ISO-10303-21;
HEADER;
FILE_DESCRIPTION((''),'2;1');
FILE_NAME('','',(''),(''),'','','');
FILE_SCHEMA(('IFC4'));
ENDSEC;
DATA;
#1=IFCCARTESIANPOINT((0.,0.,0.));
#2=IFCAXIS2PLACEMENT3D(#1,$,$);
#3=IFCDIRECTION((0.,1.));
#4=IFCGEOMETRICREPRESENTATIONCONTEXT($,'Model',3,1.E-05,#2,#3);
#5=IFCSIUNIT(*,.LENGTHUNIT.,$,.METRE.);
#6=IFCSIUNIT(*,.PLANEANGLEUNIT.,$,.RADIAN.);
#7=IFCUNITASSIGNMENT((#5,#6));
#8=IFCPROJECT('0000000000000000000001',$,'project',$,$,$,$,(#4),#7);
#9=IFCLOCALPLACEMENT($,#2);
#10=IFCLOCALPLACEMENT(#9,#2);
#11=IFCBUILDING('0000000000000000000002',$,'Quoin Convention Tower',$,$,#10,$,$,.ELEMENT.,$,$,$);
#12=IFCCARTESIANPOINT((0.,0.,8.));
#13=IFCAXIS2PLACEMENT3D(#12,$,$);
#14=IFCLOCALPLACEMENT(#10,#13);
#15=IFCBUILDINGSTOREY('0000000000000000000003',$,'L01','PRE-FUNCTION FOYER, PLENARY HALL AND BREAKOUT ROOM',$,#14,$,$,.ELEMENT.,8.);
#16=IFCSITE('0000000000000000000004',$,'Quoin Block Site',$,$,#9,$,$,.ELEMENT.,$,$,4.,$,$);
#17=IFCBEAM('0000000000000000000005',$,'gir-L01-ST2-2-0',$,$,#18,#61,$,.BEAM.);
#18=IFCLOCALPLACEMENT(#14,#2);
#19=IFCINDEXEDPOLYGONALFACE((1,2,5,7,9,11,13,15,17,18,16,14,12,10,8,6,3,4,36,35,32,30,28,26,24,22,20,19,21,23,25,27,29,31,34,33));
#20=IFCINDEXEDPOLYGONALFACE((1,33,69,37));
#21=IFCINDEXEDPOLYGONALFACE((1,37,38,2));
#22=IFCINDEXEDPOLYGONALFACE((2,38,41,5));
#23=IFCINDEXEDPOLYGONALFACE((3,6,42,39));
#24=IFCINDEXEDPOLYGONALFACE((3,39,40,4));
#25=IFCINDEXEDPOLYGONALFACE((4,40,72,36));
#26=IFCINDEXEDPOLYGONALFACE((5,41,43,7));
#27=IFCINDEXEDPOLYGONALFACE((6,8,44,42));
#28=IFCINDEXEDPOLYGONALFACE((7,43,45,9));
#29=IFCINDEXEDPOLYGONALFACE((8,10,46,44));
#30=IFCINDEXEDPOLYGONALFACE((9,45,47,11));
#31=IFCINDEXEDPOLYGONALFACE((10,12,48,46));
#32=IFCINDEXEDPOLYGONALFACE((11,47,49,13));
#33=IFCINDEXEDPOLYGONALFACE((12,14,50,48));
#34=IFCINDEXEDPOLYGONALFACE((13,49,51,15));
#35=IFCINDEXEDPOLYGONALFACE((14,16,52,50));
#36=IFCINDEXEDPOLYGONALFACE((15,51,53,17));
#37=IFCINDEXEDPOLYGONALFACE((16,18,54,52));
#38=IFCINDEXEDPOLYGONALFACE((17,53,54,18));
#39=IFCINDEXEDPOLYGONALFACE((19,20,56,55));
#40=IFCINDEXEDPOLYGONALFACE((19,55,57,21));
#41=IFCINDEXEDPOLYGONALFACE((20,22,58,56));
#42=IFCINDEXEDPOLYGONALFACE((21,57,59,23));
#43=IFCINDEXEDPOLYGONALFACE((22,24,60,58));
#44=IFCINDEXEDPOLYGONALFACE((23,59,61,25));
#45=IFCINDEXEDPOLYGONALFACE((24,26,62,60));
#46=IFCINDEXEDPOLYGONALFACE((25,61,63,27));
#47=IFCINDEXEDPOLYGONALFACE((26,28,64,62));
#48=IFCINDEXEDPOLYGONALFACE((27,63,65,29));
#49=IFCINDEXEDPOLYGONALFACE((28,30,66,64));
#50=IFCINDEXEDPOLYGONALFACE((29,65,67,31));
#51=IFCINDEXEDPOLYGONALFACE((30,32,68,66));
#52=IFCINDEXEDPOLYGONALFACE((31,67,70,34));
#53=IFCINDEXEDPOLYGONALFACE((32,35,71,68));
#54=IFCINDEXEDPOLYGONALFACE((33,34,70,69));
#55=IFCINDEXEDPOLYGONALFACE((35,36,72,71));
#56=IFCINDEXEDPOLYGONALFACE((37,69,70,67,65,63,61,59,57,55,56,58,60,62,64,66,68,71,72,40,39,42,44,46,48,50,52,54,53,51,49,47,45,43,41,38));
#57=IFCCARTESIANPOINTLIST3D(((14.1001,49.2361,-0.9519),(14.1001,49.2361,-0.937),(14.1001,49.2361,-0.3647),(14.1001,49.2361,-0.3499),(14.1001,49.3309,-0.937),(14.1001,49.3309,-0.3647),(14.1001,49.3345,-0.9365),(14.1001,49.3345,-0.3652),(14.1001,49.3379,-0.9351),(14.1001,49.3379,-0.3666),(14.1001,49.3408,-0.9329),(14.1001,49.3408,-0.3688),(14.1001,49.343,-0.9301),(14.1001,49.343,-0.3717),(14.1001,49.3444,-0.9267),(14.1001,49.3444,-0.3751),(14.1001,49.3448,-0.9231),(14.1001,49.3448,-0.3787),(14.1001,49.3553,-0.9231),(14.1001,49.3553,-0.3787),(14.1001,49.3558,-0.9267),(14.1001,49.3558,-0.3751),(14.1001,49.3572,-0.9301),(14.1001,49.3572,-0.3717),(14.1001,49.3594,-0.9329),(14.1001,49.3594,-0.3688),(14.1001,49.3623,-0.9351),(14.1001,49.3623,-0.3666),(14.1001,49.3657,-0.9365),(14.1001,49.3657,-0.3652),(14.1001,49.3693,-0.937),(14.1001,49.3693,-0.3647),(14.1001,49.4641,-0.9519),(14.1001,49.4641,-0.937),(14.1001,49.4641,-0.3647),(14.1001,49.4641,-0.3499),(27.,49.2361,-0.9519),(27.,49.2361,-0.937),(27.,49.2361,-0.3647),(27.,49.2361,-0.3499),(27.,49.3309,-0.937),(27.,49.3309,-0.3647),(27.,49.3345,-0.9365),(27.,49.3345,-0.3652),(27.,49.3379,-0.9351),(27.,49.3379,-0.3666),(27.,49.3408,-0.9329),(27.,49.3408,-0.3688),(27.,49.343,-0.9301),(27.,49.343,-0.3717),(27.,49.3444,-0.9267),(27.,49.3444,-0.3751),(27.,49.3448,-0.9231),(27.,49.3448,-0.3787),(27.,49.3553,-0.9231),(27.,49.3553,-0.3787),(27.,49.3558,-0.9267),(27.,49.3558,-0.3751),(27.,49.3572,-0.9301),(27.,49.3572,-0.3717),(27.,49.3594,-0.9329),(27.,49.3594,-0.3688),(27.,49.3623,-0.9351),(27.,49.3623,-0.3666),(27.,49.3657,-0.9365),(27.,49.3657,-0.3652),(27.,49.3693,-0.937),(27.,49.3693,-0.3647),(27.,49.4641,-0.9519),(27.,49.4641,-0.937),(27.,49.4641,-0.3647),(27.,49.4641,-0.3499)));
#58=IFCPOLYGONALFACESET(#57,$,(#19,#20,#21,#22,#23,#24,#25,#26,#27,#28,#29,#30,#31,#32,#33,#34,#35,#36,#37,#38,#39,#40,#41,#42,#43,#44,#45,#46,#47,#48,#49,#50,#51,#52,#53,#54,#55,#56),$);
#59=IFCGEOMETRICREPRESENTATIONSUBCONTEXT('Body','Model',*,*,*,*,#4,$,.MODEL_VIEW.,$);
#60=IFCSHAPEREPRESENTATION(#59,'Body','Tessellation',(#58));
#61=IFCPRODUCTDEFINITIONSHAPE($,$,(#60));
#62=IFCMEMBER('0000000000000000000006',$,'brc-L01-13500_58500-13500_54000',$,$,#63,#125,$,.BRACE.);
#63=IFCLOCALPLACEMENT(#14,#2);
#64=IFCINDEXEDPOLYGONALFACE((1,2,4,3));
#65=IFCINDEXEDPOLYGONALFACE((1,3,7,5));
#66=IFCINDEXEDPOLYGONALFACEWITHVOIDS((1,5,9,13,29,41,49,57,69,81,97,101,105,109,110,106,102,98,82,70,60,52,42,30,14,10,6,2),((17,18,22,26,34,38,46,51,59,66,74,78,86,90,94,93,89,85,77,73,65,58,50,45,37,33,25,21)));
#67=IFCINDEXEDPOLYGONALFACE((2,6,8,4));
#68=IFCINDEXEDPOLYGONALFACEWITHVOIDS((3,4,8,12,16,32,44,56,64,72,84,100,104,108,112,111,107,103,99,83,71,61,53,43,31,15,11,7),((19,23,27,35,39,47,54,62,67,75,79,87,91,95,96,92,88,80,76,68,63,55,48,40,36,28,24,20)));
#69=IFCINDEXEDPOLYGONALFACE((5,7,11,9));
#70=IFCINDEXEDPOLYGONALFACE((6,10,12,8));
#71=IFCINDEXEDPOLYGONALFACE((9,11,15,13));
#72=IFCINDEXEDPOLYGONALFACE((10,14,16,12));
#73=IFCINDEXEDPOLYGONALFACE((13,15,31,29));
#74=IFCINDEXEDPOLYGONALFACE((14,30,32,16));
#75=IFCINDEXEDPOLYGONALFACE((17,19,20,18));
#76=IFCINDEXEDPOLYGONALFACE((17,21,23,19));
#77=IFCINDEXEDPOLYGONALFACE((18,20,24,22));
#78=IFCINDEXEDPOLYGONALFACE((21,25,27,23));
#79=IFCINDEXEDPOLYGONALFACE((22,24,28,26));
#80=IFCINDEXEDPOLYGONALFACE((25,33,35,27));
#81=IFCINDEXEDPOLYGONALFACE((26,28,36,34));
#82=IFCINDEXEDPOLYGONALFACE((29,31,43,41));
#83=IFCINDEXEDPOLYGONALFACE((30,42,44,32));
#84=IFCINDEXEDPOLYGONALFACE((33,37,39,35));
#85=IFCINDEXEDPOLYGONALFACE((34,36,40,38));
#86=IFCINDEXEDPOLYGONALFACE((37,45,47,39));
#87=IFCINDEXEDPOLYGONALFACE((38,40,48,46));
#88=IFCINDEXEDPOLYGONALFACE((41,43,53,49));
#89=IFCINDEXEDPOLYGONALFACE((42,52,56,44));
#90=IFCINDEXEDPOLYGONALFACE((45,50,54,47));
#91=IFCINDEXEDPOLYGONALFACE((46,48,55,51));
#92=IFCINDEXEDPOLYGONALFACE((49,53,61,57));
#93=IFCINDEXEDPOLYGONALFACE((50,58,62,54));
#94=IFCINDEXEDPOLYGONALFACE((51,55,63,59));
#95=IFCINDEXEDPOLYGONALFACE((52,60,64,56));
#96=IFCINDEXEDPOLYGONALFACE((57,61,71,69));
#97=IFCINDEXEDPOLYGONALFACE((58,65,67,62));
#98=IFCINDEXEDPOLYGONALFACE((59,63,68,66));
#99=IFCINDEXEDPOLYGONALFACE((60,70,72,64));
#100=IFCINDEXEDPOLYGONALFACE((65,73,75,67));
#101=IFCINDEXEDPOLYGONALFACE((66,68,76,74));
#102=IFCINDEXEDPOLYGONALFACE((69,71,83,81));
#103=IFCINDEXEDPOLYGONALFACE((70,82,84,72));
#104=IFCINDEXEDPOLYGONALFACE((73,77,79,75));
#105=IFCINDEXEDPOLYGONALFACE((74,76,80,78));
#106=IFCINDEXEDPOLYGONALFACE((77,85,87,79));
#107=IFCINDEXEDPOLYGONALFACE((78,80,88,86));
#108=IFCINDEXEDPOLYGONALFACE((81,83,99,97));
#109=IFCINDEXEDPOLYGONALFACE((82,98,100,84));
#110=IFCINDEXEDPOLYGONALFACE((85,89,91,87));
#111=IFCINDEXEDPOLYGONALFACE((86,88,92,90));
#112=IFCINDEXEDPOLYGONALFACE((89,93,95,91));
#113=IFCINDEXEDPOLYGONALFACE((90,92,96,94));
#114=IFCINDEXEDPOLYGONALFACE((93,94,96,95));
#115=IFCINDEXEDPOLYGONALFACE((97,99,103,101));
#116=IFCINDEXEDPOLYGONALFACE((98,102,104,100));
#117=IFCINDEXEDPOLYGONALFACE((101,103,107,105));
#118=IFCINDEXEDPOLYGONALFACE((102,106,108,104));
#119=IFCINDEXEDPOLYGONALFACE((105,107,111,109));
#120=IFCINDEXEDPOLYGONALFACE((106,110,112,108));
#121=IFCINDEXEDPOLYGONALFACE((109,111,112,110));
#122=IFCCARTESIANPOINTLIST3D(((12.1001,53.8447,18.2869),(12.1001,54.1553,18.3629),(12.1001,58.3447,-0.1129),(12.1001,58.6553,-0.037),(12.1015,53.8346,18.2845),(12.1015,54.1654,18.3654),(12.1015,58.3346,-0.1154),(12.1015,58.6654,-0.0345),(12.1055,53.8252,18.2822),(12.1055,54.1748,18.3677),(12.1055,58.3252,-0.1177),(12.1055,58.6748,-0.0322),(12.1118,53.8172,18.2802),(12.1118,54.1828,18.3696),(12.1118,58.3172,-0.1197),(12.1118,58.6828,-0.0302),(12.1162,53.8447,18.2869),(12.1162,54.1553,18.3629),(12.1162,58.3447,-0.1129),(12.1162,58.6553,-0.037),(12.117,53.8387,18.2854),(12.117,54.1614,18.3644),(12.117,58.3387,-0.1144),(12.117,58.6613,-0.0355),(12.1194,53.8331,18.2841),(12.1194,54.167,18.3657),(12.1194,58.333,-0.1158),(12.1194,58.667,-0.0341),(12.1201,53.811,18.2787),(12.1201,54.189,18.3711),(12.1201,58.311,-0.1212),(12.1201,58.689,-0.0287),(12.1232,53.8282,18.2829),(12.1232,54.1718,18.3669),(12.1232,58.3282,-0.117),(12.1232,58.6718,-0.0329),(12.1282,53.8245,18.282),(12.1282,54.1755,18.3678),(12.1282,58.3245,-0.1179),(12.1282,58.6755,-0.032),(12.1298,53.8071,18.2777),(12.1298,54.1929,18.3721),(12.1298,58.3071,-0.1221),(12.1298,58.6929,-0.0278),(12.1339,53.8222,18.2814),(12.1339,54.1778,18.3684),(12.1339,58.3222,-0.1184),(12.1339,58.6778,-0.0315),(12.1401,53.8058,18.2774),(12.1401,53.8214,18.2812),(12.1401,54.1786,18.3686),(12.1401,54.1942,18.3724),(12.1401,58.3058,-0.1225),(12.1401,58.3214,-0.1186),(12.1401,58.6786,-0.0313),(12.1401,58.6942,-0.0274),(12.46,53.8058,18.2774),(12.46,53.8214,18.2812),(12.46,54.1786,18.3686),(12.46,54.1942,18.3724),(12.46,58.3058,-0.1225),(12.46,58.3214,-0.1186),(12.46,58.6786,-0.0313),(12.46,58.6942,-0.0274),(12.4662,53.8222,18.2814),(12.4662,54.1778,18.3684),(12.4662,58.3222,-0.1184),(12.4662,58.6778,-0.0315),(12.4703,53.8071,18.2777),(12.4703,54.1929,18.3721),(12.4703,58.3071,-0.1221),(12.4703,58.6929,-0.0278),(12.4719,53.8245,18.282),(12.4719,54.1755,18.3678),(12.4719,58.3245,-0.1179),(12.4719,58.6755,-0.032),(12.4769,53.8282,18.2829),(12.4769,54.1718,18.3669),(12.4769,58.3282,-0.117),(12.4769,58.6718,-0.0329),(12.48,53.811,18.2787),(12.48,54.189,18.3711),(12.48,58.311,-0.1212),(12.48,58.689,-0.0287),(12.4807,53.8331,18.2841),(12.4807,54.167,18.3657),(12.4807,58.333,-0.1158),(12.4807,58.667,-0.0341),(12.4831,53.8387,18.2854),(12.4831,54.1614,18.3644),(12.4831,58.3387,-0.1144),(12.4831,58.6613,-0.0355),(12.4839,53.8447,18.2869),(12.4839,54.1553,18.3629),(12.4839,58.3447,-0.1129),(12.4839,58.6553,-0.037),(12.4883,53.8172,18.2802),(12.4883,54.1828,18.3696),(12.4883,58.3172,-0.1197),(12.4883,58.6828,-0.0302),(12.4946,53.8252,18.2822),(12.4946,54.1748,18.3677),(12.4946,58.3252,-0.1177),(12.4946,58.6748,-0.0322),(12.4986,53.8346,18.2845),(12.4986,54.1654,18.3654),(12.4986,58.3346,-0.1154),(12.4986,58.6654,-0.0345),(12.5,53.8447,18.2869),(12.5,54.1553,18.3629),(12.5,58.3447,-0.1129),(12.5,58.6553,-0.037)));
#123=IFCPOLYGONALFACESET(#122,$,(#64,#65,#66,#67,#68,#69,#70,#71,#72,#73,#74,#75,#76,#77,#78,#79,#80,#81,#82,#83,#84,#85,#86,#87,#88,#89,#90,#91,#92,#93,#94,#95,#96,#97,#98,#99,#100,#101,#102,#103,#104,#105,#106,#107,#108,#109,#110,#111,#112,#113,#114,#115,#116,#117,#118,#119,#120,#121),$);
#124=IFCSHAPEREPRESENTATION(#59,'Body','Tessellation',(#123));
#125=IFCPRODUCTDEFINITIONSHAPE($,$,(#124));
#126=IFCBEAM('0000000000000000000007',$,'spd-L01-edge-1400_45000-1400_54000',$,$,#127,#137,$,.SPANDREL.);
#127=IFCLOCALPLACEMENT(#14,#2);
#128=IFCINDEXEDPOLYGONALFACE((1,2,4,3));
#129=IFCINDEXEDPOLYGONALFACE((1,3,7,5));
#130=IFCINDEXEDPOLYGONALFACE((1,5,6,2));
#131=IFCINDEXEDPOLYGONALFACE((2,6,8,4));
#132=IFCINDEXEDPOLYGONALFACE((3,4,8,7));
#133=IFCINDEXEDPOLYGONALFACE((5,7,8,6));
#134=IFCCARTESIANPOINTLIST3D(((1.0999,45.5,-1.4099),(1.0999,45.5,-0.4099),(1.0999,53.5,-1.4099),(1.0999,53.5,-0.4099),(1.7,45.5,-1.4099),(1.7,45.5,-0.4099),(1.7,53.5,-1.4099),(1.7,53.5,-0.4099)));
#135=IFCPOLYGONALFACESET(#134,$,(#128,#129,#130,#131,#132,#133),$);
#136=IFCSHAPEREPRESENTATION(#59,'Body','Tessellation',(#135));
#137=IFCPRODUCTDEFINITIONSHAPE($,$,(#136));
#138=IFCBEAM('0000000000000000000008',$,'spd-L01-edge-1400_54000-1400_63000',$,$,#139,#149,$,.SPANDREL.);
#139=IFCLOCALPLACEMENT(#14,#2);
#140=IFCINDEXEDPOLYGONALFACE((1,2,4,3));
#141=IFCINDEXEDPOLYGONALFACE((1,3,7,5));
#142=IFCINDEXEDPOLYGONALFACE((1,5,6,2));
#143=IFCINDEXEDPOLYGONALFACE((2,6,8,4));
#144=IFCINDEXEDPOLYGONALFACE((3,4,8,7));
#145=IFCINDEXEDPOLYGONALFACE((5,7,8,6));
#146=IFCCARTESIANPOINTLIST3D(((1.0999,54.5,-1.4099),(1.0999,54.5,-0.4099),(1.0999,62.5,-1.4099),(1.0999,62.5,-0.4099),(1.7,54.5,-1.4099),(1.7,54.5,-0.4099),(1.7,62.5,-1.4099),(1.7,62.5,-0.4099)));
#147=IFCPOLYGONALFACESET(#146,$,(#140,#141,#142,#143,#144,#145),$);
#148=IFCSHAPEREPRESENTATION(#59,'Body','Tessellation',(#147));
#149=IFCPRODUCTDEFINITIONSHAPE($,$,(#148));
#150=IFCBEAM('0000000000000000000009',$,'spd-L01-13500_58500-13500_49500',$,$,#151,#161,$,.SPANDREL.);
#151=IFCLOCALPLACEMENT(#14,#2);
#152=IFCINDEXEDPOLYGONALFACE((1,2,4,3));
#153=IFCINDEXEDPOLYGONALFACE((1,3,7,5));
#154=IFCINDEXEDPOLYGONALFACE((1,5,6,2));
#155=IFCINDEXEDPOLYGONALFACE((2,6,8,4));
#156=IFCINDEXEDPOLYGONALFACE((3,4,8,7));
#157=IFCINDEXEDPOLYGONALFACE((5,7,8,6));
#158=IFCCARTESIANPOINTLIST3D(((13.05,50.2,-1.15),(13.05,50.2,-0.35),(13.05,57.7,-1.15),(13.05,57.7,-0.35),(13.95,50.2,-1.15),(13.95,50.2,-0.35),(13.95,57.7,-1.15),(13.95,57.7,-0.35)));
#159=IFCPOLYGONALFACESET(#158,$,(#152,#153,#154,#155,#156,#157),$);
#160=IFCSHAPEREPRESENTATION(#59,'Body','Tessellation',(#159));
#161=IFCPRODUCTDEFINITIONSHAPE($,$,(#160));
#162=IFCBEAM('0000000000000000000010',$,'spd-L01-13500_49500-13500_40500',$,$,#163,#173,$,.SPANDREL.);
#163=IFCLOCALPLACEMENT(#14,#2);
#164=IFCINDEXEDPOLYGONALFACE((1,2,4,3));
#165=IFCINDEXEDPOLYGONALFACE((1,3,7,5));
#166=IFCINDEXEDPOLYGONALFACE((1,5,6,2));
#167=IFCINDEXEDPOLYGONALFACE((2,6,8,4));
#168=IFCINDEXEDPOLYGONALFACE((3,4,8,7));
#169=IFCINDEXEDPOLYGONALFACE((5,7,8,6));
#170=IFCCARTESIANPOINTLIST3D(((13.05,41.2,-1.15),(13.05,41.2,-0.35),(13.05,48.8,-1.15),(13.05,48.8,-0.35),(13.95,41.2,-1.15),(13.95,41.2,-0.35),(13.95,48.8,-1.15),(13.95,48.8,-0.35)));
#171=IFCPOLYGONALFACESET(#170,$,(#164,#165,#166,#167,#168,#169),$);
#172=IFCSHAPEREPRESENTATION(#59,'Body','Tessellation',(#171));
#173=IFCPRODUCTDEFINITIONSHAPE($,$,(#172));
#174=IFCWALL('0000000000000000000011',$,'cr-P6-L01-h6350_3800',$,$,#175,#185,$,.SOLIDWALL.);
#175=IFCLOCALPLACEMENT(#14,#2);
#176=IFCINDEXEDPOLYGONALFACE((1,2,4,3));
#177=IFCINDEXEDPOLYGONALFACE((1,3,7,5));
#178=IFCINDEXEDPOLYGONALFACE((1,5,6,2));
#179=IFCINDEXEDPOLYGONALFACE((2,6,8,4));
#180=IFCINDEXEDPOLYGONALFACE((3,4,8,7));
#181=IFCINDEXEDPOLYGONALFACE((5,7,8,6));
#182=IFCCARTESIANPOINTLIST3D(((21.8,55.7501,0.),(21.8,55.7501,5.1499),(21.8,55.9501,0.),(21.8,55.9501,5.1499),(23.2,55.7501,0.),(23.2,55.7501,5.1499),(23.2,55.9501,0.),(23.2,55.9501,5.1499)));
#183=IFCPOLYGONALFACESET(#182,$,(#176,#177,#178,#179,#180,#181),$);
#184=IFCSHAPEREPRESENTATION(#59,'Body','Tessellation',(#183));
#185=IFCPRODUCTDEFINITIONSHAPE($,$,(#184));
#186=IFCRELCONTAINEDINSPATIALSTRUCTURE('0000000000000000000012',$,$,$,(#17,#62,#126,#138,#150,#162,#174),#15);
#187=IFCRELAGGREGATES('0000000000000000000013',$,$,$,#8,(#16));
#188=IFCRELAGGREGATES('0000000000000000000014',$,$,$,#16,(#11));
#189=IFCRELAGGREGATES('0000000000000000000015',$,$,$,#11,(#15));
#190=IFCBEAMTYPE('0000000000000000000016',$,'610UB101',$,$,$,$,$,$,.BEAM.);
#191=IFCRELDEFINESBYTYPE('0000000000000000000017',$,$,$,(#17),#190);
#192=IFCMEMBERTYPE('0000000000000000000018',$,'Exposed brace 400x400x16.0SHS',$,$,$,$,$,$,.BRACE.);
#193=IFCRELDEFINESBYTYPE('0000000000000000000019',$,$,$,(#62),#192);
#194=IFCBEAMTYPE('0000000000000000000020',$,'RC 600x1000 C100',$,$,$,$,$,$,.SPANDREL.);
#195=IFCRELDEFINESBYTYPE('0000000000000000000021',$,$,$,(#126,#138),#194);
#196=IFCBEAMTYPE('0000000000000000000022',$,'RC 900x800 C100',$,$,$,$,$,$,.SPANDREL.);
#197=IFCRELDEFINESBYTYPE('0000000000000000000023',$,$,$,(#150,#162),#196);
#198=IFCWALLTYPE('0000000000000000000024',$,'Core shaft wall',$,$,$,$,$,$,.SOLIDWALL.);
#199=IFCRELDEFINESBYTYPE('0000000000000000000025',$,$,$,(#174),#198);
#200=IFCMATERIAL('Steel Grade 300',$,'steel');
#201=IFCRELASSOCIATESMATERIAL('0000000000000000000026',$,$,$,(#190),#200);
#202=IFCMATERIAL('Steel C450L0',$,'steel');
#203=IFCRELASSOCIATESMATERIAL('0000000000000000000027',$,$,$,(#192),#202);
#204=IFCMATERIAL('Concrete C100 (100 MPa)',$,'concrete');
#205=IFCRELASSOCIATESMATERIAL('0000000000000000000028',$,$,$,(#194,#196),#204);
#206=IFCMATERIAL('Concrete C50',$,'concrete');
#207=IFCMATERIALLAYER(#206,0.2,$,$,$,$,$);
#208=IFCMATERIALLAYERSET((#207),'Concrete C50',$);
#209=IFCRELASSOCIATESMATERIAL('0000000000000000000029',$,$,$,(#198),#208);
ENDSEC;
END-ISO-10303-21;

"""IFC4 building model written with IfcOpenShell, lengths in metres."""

from ifc_helpers import new_model, si_unit, direction, frame, frame_2d, origin, origin_2d, place, context, subcontext, project, spatial, rectangle, hollow_rectangle, i_section, extrude, material, layer, layer_set, material_profile, profile_set, type_object, element, save


model = new_model("IFC4")

# Units and contexts
model_context = context("Model", 3, precision=1e-05, world=origin(), true_north=direction((0.0, 1.0)))
body_context = subcontext(model_context, "Body", "Model", "MODEL_VIEW")
ifc_project = project(units=[si_unit("LENGTHUNIT", "METRE"), si_unit("PLANEANGLEUNIT", "RADIAN")], contexts=[model_context])

# Site, building, storey
site_placement = place(None, origin())
site = spatial("IfcSite", under=ifc_project, at=site_placement, Name="Quoin Block Site", CompositionType="ELEMENT", RefElevation=4.0)
building_placement = place(site_placement, origin())
building = spatial("IfcBuilding", under=site, at=building_placement, Name="Quoin Convention Tower", CompositionType="ELEMENT")
storey_placement = place(building_placement, frame((0.0, 0.0, 8.0)))
storey = spatial("IfcBuildingStorey", under=building, at=storey_placement, Name="L01", Description="PRE-FUNCTION FOYER, PLENARY HALL AND BREAKOUT ROOM", CompositionType="ELEMENT", Elevation=8.0)

# Shared definitions
ifc_material_1 = material(Name="Concrete C100 (100 MPa)", Category="concrete")

# Beam
ifc_material_2 = material(Name="Steel Grade 300", Category="steel")
ifc_material_3 = material(Name="Steel C450L0", Category="steel")
ifc_material_profile_1 = material_profile(ifc_material_2, i_section(OverallWidth=0.228, OverallDepth=0.6021, WebThickness=0.0105, FlangeThickness=0.0149, FilletRadius=0.0139, at=origin_2d()), Name="610UB101")
ifc_profile_set_1 = profile_set([ifc_material_profile_1], Name="Steel Grade 300")
beam_type_1 = type_object("IfcBeamType", Name="610UB101", PredefinedType="BEAM", material=ifc_profile_set_1)
beam_1_placement = place(storey_placement, frame((14.1001, 49.3501, -0.6509), z_axis=(1.0, 0.0, 0.0), x_axis=(0.0, 1.0, 0.0)))
element("IfcBeam", 1, at=beam_1_placement, inside=storey, type_object=beam_type_1, Name="gir-L01-ST2-2-0", PredefinedType="BEAM", context=body_context, shape_type="SweptSolid", body=[
    extrude(i_section(OverallWidth=0.228, OverallDepth=0.6021, WebThickness=0.0105, FlangeThickness=0.0149, FilletRadius=0.0139, at=origin_2d()), origin(), (0.0, 0.0, 1.0), 12.8999),
])

# Member
ifc_material_profile_2 = material_profile(ifc_material_3, hollow_rectangle(XDim=0.3999, YDim=0.3999, WallThickness=0.0161, InnerFilletRadius=0.0239, OuterFilletRadius=0.04, at=origin_2d()), Name="400x400x16.0SHS")
ifc_profile_set_2 = profile_set([ifc_material_profile_2], Name="Steel C450L0")
member_type = type_object("IfcMemberType", Name="Exposed brace 400x400x16.0SHS", PredefinedType="BRACE", material=ifc_profile_set_2)
member_placement = place(storey_placement, frame((12.3, 58.5, -0.075), z_axis=(0.0, -0.237565, 0.971372), x_axis=(1.0, 0.0, 0.0)))
element("IfcMember", 2, at=member_placement, inside=storey, type_object=member_type, Name="brc-L01-13500_58500-13500_54000", PredefinedType="BRACE", context=body_context, shape_type="SweptSolid", body=[
    extrude(hollow_rectangle(XDim=0.3999, YDim=0.3999, WallThickness=0.0161, InnerFilletRadius=0.0239, OuterFilletRadius=0.04, at=origin_2d()), origin(), (0.0, 0.0, 1.0), 18.9421),
])

# Beams
ifc_material_profile_3 = material_profile(ifc_material_1, rectangle(XDim=0.6001, YDim=1.0, at=origin_2d()), Name="RC 600x1000")
ifc_profile_set_3 = profile_set([ifc_material_profile_3], Name="Concrete C100 (100 MPa)")
beam_type_2 = type_object("IfcBeamType", Name="RC 600x1000 C100", PredefinedType="SPANDREL", material=ifc_profile_set_3)
for number, where, z_axis, x_axis, name in (
    (3, (1.3999, 45.5, -0.9099), (0.0, 1.0, 0.0), (-1.0, 0.0, 0.0), "spd-L01-edge-1400_45000-1400_54000"),
    (4, (1.3999, 54.5, -0.9099), (0.0, 1.0, 0.0), (-1.0, 0.0, 0.0), "spd-L01-edge-1400_54000-1400_63000"),
):
    element("IfcBeam", number, at=place(storey_placement, frame(where, z_axis=z_axis, x_axis=x_axis)), inside=storey, type_object=beam_type_2, Name=name, PredefinedType="SPANDREL", context=body_context, shape_type="SweptSolid", body=[
        extrude(rectangle(XDim=0.6001, YDim=1.0, at=origin_2d()), origin(), (0.0, 0.0, 1.0), 8.0),
    ])
ifc_material_profile_4 = material_profile(ifc_material_1, rectangle(XDim=0.8999, YDim=0.8, at=origin_2d()), Name="RC 900x800")
ifc_profile_set_4 = profile_set([ifc_material_profile_4], Name="Concrete C100 (100 MPa)")
beam_type_3 = type_object("IfcBeamType", Name="RC 900x800 C100", PredefinedType="SPANDREL", material=ifc_profile_set_4)
beam_2_placement = place(storey_placement, frame((13.5, 57.7, -0.75), z_axis=(0.0, -1.0, 0.0), x_axis=(1.0, 0.0, 0.0)))
element("IfcBeam", 5, at=beam_2_placement, inside=storey, type_object=beam_type_3, Name="spd-L01-13500_58500-13500_49500", PredefinedType="SPANDREL", context=body_context, shape_type="SweptSolid", body=[
    extrude(rectangle(XDim=0.8999, YDim=0.8, at=origin_2d()), origin(), (0.0, 0.0, 1.0), 7.5),
])
beam_3_placement = place(storey_placement, frame((13.5, 48.8, -0.75), z_axis=(0.0, -1.0, 0.0), x_axis=(1.0, 0.0, 0.0)))
element("IfcBeam", 6, at=beam_3_placement, inside=storey, type_object=beam_type_3, Name="spd-L01-13500_49500-13500_40500", PredefinedType="SPANDREL", context=body_context, shape_type="SweptSolid", body=[
    extrude(rectangle(XDim=0.8999, YDim=0.8, at=origin_2d()), origin(), (0.0, 0.0, 1.0), 7.6001),
])

# Wall
ifc_material_4 = material(Name="Concrete C50", Category="concrete")
ifc_layer_1 = layer(ifc_material_4, 0.2)
ifc_layer_set_1 = layer_set([ifc_layer_1], Name="Concrete C50")
wall_type_1 = type_object("IfcWallType", Name="Core shaft wall", PredefinedType="SOLIDWALL", material=ifc_layer_set_1)
wall_1_placement = place(storey_placement, frame((21.8, 55.8501, 0.0), z_axis=(0.0, 0.0, 1.0), x_axis=(1.0, 0.0, 0.0)))
element("IfcWall", 7, at=wall_1_placement, inside=storey, type_object=wall_type_1, Name="cr-P6-L01-h6350_3800", PredefinedType="SOLIDWALL", context=body_context, shape_type="SweptSolid", body=[
    extrude(rectangle(XDim=1.3999, YDim=0.2, at=frame_2d((0.7, 0.0))), origin(), (0.0, 0.0, 1.0), 5.1499),
])

save(model, "model.ifc")
